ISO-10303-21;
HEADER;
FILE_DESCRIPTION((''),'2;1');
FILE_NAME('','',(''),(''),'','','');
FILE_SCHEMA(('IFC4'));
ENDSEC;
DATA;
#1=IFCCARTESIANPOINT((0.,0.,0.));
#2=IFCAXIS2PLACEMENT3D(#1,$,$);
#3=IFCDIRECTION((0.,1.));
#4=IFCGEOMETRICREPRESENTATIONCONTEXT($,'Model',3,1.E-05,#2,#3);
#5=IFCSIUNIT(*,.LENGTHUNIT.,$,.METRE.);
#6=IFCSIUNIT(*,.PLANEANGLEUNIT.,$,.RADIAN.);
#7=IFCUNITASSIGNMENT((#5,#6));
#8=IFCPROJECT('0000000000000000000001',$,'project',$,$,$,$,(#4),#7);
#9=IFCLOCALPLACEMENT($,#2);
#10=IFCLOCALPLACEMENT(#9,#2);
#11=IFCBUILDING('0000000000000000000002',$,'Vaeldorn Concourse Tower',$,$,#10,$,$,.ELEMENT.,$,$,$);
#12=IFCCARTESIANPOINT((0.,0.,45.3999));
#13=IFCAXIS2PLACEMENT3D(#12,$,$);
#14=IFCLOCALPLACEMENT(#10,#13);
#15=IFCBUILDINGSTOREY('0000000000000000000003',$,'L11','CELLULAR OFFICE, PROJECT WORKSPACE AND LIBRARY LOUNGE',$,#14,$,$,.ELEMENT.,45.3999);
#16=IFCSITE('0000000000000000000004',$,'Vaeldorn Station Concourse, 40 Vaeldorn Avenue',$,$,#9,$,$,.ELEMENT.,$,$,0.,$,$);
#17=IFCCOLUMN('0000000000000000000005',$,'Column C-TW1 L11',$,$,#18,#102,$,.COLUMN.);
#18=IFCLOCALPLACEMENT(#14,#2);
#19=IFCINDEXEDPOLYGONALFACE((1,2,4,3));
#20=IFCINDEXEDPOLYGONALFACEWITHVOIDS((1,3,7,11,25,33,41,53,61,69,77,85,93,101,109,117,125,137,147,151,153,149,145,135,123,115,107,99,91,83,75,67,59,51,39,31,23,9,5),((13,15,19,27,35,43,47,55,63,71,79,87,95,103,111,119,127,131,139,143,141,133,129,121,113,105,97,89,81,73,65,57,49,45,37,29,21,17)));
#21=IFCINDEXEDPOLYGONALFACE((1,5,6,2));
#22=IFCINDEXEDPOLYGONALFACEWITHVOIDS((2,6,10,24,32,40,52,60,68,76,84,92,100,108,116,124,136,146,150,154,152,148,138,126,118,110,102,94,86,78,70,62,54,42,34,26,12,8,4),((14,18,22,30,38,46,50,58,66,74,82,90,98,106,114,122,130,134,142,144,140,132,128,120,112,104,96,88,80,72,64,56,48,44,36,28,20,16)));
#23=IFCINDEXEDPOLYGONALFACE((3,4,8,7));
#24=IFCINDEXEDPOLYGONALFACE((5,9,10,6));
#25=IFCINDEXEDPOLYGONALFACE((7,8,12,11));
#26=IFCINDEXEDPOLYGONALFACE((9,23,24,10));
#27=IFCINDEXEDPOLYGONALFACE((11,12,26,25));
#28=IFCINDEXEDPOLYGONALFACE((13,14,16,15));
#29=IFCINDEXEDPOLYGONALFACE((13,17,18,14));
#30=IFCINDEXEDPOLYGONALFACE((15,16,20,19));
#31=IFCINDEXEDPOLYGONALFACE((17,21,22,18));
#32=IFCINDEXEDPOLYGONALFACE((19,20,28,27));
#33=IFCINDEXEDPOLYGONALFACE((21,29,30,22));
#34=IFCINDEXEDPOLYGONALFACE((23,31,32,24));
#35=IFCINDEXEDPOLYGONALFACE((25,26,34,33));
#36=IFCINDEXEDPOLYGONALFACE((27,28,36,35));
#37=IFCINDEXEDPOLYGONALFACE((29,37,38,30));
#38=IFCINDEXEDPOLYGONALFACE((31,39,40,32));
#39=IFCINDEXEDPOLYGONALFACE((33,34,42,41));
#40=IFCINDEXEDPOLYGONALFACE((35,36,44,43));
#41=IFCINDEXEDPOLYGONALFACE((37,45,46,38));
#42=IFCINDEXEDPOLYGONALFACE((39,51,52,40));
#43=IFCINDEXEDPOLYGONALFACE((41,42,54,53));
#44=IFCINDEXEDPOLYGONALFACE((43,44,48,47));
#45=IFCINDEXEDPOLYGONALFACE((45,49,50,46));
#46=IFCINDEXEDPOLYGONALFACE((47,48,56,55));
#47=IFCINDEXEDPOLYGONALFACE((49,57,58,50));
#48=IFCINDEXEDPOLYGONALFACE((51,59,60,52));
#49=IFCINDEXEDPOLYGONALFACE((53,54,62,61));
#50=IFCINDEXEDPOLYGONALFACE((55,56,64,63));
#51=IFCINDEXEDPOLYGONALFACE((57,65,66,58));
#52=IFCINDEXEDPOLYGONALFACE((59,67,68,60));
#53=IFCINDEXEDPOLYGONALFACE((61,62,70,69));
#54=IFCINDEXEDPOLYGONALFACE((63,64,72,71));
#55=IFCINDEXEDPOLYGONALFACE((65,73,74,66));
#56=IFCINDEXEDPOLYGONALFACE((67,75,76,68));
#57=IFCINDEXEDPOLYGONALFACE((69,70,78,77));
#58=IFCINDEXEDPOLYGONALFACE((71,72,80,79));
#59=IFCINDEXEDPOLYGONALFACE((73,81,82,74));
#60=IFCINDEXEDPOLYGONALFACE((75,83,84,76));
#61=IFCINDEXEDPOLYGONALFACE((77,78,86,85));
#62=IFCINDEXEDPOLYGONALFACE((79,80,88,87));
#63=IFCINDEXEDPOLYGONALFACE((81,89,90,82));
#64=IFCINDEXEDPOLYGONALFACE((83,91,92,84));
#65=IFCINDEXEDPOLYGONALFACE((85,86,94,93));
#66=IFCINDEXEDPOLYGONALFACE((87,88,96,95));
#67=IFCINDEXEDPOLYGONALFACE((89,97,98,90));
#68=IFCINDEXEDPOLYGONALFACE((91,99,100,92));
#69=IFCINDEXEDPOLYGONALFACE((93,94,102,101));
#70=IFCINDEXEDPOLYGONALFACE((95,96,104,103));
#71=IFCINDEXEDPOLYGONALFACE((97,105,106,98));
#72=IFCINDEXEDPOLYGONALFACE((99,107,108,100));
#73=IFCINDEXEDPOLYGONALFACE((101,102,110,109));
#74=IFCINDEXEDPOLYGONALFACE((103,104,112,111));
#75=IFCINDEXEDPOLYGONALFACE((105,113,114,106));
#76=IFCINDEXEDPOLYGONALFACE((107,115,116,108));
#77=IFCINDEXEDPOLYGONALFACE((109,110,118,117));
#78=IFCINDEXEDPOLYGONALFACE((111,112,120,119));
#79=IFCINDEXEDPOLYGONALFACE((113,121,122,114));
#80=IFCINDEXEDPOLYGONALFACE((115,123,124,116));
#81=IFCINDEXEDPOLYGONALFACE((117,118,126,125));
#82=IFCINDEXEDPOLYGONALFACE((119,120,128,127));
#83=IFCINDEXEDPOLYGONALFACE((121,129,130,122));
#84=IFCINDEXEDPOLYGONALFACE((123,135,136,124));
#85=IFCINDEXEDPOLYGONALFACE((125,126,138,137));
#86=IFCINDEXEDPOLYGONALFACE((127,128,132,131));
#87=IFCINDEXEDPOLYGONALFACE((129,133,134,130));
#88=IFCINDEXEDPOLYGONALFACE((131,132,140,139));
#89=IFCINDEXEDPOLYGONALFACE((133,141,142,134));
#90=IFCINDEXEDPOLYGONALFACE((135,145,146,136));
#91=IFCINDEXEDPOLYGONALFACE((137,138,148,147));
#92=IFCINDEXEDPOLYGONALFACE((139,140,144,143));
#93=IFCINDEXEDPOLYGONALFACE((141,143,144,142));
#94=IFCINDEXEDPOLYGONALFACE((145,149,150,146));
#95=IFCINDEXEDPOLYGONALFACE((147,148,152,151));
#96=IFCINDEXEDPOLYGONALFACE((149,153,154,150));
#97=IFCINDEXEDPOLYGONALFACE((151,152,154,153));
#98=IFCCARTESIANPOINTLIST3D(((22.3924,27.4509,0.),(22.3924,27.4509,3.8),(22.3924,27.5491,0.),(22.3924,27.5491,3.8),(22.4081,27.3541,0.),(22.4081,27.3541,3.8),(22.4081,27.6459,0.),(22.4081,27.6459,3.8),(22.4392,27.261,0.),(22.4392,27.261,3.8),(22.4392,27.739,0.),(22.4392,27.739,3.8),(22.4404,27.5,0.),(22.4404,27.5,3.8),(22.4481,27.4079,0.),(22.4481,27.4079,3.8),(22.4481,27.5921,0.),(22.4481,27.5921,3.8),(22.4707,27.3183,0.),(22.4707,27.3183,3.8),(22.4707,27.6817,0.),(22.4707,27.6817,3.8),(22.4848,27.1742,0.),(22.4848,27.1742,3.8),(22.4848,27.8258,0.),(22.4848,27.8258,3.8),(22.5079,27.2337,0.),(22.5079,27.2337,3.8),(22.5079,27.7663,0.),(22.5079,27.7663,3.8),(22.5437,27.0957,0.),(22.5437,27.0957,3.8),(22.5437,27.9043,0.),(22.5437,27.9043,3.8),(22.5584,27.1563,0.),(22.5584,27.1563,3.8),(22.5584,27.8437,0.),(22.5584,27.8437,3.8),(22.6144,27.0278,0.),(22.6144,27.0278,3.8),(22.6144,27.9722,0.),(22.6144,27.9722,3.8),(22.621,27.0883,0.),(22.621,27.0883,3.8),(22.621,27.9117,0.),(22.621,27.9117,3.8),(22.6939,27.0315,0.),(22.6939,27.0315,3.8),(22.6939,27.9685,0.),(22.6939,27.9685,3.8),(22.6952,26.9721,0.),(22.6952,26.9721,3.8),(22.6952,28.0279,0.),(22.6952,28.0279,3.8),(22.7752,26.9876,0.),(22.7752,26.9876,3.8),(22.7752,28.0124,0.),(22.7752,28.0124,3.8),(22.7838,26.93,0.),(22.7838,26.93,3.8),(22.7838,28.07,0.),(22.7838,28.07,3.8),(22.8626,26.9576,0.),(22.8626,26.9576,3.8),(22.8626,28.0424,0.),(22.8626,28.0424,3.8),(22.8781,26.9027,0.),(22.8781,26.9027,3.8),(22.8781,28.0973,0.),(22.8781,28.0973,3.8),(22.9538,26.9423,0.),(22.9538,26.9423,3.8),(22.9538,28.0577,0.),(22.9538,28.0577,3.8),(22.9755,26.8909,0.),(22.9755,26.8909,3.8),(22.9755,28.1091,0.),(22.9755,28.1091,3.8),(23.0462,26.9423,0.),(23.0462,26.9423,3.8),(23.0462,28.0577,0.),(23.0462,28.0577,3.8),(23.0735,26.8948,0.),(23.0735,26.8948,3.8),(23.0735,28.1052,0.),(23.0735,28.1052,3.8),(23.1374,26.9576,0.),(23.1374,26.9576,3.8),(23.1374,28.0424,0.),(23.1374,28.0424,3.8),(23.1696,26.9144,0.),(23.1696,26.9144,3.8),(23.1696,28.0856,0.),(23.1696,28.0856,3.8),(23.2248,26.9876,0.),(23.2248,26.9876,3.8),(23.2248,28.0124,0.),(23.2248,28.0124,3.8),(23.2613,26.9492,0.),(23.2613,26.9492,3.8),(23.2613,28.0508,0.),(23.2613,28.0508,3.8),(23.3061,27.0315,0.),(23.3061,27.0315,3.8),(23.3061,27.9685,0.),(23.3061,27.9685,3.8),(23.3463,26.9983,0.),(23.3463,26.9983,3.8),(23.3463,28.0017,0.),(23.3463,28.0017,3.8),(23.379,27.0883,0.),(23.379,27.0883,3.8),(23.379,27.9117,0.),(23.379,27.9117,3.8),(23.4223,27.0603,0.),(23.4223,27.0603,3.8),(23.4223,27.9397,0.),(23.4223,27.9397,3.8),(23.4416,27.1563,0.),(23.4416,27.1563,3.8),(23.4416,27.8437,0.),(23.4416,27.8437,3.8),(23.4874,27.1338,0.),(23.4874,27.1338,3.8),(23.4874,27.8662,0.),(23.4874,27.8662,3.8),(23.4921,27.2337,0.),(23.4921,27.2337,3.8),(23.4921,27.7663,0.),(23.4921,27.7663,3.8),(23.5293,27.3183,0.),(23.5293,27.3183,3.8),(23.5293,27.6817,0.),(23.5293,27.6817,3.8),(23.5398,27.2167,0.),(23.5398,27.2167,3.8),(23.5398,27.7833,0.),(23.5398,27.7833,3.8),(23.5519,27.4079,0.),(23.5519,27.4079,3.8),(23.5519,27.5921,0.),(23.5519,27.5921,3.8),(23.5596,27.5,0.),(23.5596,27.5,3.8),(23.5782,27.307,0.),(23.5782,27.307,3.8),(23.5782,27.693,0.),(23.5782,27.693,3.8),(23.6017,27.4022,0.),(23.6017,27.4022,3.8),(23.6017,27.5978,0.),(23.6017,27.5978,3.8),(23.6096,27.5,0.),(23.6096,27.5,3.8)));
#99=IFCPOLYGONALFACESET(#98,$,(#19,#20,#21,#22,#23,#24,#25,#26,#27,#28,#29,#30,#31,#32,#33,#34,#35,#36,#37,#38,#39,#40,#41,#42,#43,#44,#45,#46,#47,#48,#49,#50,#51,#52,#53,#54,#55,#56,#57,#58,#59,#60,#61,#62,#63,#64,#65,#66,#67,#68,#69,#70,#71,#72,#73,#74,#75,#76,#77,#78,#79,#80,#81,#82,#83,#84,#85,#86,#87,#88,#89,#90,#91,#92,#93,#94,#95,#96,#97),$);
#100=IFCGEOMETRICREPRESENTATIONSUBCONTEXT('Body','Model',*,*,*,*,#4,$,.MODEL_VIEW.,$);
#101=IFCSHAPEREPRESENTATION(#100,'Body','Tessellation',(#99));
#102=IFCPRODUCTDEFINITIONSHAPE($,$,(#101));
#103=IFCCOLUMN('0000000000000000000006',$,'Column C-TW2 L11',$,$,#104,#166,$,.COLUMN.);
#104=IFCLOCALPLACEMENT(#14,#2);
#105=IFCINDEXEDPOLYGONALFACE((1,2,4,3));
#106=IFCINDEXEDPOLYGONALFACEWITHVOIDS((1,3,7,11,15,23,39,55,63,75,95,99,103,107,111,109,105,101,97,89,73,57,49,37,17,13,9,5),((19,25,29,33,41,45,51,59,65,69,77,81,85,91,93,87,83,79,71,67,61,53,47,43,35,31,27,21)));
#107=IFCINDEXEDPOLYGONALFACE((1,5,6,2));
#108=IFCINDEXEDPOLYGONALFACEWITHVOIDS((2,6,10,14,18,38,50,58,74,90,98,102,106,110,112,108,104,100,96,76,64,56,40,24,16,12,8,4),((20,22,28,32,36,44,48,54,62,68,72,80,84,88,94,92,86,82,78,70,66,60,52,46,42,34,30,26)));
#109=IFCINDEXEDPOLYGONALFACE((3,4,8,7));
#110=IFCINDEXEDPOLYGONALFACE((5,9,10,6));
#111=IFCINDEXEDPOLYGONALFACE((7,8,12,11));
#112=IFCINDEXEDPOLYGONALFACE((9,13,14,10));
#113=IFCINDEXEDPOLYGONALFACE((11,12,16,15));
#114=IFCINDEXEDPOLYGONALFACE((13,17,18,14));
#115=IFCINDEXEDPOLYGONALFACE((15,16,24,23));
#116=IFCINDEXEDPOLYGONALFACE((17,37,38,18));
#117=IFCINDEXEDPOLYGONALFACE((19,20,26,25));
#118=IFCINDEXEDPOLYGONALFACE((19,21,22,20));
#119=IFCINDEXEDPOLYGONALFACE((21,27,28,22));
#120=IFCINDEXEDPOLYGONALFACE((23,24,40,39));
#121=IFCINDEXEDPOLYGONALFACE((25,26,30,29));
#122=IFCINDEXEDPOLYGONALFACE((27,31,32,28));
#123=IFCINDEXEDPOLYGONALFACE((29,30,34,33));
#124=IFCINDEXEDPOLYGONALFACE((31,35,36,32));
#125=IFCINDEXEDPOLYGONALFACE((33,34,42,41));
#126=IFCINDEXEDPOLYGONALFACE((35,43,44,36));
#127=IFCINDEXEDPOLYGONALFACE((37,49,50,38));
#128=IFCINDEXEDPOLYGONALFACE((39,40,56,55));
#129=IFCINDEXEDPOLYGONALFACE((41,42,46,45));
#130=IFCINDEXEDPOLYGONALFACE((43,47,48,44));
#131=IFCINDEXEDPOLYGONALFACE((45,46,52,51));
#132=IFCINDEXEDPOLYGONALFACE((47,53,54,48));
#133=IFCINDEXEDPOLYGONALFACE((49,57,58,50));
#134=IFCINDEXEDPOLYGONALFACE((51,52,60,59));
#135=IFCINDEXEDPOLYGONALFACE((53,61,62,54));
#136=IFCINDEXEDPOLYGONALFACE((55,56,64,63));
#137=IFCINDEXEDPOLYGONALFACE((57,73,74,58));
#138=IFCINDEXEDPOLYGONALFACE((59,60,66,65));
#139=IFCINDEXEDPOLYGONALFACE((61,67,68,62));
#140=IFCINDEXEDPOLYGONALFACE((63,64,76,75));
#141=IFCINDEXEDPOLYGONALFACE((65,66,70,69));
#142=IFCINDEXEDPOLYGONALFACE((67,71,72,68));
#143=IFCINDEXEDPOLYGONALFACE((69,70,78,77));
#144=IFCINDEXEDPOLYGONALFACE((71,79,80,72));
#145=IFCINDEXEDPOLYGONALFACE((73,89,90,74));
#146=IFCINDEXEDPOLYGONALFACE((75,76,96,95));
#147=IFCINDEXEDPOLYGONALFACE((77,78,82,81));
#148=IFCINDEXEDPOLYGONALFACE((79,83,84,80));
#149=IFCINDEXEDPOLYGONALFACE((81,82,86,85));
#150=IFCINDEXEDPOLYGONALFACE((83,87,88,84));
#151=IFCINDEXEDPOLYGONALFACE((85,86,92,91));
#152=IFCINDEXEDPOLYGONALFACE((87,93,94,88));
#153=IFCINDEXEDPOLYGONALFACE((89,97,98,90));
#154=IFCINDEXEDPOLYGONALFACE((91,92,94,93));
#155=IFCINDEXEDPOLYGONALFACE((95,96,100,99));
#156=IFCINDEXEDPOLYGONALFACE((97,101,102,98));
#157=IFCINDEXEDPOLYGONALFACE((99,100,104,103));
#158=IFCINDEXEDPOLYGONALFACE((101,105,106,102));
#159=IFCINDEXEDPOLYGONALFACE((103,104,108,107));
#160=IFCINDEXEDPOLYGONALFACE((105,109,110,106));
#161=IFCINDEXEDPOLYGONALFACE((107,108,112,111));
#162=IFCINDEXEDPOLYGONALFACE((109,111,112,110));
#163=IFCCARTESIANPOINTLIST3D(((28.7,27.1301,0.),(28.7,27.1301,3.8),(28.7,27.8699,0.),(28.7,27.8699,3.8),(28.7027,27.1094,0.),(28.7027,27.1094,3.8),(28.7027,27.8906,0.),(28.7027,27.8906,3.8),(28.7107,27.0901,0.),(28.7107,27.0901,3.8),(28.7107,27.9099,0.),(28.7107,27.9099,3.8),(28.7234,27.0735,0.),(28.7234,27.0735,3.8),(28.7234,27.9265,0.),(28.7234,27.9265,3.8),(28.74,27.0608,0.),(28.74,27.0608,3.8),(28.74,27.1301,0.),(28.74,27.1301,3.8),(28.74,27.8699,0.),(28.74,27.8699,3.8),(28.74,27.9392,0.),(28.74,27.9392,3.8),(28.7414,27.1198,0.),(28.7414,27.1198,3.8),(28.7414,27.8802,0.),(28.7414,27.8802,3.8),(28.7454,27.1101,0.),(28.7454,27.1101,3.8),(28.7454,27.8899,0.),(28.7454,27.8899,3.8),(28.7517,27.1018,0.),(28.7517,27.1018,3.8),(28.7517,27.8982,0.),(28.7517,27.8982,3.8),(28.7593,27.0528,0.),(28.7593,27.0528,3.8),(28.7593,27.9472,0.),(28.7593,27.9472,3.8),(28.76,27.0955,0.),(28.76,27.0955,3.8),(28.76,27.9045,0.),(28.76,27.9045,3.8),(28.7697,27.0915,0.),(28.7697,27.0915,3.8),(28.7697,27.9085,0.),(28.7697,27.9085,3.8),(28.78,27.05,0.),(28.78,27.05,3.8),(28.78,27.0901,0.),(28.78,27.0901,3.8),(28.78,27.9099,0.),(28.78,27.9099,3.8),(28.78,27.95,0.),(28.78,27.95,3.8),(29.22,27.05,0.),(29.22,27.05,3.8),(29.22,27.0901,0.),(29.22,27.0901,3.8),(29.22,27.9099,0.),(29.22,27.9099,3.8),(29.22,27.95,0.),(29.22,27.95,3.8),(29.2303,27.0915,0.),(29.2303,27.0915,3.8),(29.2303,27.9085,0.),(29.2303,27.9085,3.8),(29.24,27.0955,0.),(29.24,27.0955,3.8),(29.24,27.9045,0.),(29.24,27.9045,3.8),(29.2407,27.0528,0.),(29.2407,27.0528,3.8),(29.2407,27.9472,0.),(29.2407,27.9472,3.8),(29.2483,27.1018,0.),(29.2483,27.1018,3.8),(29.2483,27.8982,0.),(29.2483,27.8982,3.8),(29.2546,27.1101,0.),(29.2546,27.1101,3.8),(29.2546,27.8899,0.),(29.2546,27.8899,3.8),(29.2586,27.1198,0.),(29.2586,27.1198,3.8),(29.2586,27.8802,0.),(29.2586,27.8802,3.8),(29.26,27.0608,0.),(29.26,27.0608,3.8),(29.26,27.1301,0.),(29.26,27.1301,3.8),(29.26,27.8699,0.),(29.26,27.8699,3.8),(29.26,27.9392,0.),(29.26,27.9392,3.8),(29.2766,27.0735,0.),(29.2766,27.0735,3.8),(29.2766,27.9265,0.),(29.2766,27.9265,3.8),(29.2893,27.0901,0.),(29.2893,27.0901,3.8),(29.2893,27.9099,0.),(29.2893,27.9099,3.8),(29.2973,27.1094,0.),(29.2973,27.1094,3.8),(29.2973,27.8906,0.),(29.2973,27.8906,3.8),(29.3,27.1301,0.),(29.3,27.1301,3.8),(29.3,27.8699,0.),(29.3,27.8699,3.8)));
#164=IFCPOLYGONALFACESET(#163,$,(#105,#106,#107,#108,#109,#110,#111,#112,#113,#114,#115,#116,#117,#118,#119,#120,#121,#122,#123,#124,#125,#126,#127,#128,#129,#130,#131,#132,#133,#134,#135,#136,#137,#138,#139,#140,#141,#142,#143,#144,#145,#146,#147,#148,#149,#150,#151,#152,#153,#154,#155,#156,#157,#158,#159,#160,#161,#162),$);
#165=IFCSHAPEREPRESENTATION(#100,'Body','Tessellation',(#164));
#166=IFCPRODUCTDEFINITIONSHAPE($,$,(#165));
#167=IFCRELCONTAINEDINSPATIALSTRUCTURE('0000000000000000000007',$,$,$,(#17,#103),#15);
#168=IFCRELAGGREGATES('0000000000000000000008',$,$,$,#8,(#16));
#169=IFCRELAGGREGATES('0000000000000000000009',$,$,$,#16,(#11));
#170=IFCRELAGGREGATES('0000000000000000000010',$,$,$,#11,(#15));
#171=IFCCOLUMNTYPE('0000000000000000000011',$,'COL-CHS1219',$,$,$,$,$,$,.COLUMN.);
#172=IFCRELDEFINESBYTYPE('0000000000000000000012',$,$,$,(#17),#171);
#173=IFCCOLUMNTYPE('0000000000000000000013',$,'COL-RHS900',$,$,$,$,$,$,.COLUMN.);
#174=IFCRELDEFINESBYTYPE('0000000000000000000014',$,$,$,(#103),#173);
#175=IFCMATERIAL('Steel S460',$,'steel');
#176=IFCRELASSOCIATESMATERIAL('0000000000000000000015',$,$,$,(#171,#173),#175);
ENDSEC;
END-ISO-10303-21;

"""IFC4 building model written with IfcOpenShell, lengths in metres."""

from ifc_helpers import new_model, si_unit, direction, frame, origin, origin_2d, place, context, subcontext, project, spatial, hollow_rectangle, hollow_circle, extrude, source, transform, mapped, material, material_profile, profile_set, type_object, element, save


model = new_model("IFC4")

# Units and contexts
model_context = context("Model", 3, precision=1e-05, world=origin(), true_north=direction((0.0, 1.0)))
body_context = subcontext(model_context, "Body", "Model", "MODEL_VIEW")
ifc_project = project(units=[si_unit("LENGTHUNIT", "METRE"), si_unit("PLANEANGLEUNIT", "RADIAN")], contexts=[model_context])

# Site, building, storey
site_placement = place(None, origin())
site = spatial("IfcSite", under=ifc_project, at=site_placement, Name="Vaeldorn Station Concourse, 40 Vaeldorn Avenue", CompositionType="ELEMENT", RefElevation=0.0)
building_placement = place(site_placement, origin())
building = spatial("IfcBuilding", under=site, at=building_placement, Name="Vaeldorn Concourse Tower", CompositionType="ELEMENT")
storey_placement = place(building_placement, frame((0.0, 0.0, 45.3999)))
storey = spatial("IfcBuildingStorey", under=building, at=storey_placement, Name="L11", Description="CELLULAR OFFICE, PROJECT WORKSPACE AND LIBRARY LOUNGE", CompositionType="ELEMENT", Elevation=45.3999)

# Columns
ifc_material_1 = material(Name="Steel S460", Category="steel")
ifc_material_profile_1 = material_profile(ifc_material_1, hollow_circle(Radius=0.6096, WallThickness=0.05, at=origin_2d()), Name="CHS 1219x50")
ifc_profile_set_1 = profile_set([ifc_material_profile_1], Name="Steel S460")
column_type_1 = type_object("IfcColumnType", Name="COL-CHS1219", PredefinedType="COLUMN", material=ifc_profile_set_1)
shared_shape_1 = source(origin(), body_context, "Body", "SweptSolid", [
    extrude(hollow_circle(Radius=0.6096, WallThickness=0.05, at=origin_2d()), origin(), (0.0, 0.0, 1.0), 3.8),
])
column_1_placement = place(storey_placement, frame((23.0, 27.5, 0.0), z_axis=(0.0, 0.0, 1.0), x_axis=(1.0, 0.0, 0.0)))
element("IfcColumn", 1, at=column_1_placement, inside=storey, type_object=column_type_1, Name="Column C-TW1 L11", PredefinedType="COLUMN", context=body_context, shape_type="MappedRepresentation", body=[
    mapped(shared_shape_1, transform((0.0, 0.0, 0.0), scale=1.0)),
])
ifc_material_profile_2 = material_profile(ifc_material_1, hollow_rectangle(XDim=0.6001, YDim=0.8999, WallThickness=0.04, InnerFilletRadius=0.04, OuterFilletRadius=0.0801, at=origin_2d()), Name="RHS 900x600x40")
ifc_profile_set_2 = profile_set([ifc_material_profile_2], Name="Steel S460")
column_type_2 = type_object("IfcColumnType", Name="COL-RHS900", PredefinedType="COLUMN", material=ifc_profile_set_2)
shared_shape_2 = source(origin(), body_context, "Body", "SweptSolid", [
    extrude(hollow_rectangle(XDim=0.6001, YDim=0.8999, WallThickness=0.04, InnerFilletRadius=0.04, OuterFilletRadius=0.0801, at=origin_2d()), origin(), (0.0, 0.0, 1.0), 3.8),
])
for number, where, z_axis, x_axis, name in (
    (2, (29.0, 27.5, 0.0), (0.0, 0.0, 1.0), (1.0, 0.0, 0.0), "Column C-TW2 L11"),
):
    element("IfcColumn", number, at=place(storey_placement, frame(where, z_axis=z_axis, x_axis=x_axis)), inside=storey, type_object=column_type_2, Name=name, PredefinedType="COLUMN", context=body_context, shape_type="MappedRepresentation", body=[
        mapped(shared_shape_2, transform((0.0, 0.0, 0.0), scale=1.0)),
    ])

save(model, "model.ifc")
